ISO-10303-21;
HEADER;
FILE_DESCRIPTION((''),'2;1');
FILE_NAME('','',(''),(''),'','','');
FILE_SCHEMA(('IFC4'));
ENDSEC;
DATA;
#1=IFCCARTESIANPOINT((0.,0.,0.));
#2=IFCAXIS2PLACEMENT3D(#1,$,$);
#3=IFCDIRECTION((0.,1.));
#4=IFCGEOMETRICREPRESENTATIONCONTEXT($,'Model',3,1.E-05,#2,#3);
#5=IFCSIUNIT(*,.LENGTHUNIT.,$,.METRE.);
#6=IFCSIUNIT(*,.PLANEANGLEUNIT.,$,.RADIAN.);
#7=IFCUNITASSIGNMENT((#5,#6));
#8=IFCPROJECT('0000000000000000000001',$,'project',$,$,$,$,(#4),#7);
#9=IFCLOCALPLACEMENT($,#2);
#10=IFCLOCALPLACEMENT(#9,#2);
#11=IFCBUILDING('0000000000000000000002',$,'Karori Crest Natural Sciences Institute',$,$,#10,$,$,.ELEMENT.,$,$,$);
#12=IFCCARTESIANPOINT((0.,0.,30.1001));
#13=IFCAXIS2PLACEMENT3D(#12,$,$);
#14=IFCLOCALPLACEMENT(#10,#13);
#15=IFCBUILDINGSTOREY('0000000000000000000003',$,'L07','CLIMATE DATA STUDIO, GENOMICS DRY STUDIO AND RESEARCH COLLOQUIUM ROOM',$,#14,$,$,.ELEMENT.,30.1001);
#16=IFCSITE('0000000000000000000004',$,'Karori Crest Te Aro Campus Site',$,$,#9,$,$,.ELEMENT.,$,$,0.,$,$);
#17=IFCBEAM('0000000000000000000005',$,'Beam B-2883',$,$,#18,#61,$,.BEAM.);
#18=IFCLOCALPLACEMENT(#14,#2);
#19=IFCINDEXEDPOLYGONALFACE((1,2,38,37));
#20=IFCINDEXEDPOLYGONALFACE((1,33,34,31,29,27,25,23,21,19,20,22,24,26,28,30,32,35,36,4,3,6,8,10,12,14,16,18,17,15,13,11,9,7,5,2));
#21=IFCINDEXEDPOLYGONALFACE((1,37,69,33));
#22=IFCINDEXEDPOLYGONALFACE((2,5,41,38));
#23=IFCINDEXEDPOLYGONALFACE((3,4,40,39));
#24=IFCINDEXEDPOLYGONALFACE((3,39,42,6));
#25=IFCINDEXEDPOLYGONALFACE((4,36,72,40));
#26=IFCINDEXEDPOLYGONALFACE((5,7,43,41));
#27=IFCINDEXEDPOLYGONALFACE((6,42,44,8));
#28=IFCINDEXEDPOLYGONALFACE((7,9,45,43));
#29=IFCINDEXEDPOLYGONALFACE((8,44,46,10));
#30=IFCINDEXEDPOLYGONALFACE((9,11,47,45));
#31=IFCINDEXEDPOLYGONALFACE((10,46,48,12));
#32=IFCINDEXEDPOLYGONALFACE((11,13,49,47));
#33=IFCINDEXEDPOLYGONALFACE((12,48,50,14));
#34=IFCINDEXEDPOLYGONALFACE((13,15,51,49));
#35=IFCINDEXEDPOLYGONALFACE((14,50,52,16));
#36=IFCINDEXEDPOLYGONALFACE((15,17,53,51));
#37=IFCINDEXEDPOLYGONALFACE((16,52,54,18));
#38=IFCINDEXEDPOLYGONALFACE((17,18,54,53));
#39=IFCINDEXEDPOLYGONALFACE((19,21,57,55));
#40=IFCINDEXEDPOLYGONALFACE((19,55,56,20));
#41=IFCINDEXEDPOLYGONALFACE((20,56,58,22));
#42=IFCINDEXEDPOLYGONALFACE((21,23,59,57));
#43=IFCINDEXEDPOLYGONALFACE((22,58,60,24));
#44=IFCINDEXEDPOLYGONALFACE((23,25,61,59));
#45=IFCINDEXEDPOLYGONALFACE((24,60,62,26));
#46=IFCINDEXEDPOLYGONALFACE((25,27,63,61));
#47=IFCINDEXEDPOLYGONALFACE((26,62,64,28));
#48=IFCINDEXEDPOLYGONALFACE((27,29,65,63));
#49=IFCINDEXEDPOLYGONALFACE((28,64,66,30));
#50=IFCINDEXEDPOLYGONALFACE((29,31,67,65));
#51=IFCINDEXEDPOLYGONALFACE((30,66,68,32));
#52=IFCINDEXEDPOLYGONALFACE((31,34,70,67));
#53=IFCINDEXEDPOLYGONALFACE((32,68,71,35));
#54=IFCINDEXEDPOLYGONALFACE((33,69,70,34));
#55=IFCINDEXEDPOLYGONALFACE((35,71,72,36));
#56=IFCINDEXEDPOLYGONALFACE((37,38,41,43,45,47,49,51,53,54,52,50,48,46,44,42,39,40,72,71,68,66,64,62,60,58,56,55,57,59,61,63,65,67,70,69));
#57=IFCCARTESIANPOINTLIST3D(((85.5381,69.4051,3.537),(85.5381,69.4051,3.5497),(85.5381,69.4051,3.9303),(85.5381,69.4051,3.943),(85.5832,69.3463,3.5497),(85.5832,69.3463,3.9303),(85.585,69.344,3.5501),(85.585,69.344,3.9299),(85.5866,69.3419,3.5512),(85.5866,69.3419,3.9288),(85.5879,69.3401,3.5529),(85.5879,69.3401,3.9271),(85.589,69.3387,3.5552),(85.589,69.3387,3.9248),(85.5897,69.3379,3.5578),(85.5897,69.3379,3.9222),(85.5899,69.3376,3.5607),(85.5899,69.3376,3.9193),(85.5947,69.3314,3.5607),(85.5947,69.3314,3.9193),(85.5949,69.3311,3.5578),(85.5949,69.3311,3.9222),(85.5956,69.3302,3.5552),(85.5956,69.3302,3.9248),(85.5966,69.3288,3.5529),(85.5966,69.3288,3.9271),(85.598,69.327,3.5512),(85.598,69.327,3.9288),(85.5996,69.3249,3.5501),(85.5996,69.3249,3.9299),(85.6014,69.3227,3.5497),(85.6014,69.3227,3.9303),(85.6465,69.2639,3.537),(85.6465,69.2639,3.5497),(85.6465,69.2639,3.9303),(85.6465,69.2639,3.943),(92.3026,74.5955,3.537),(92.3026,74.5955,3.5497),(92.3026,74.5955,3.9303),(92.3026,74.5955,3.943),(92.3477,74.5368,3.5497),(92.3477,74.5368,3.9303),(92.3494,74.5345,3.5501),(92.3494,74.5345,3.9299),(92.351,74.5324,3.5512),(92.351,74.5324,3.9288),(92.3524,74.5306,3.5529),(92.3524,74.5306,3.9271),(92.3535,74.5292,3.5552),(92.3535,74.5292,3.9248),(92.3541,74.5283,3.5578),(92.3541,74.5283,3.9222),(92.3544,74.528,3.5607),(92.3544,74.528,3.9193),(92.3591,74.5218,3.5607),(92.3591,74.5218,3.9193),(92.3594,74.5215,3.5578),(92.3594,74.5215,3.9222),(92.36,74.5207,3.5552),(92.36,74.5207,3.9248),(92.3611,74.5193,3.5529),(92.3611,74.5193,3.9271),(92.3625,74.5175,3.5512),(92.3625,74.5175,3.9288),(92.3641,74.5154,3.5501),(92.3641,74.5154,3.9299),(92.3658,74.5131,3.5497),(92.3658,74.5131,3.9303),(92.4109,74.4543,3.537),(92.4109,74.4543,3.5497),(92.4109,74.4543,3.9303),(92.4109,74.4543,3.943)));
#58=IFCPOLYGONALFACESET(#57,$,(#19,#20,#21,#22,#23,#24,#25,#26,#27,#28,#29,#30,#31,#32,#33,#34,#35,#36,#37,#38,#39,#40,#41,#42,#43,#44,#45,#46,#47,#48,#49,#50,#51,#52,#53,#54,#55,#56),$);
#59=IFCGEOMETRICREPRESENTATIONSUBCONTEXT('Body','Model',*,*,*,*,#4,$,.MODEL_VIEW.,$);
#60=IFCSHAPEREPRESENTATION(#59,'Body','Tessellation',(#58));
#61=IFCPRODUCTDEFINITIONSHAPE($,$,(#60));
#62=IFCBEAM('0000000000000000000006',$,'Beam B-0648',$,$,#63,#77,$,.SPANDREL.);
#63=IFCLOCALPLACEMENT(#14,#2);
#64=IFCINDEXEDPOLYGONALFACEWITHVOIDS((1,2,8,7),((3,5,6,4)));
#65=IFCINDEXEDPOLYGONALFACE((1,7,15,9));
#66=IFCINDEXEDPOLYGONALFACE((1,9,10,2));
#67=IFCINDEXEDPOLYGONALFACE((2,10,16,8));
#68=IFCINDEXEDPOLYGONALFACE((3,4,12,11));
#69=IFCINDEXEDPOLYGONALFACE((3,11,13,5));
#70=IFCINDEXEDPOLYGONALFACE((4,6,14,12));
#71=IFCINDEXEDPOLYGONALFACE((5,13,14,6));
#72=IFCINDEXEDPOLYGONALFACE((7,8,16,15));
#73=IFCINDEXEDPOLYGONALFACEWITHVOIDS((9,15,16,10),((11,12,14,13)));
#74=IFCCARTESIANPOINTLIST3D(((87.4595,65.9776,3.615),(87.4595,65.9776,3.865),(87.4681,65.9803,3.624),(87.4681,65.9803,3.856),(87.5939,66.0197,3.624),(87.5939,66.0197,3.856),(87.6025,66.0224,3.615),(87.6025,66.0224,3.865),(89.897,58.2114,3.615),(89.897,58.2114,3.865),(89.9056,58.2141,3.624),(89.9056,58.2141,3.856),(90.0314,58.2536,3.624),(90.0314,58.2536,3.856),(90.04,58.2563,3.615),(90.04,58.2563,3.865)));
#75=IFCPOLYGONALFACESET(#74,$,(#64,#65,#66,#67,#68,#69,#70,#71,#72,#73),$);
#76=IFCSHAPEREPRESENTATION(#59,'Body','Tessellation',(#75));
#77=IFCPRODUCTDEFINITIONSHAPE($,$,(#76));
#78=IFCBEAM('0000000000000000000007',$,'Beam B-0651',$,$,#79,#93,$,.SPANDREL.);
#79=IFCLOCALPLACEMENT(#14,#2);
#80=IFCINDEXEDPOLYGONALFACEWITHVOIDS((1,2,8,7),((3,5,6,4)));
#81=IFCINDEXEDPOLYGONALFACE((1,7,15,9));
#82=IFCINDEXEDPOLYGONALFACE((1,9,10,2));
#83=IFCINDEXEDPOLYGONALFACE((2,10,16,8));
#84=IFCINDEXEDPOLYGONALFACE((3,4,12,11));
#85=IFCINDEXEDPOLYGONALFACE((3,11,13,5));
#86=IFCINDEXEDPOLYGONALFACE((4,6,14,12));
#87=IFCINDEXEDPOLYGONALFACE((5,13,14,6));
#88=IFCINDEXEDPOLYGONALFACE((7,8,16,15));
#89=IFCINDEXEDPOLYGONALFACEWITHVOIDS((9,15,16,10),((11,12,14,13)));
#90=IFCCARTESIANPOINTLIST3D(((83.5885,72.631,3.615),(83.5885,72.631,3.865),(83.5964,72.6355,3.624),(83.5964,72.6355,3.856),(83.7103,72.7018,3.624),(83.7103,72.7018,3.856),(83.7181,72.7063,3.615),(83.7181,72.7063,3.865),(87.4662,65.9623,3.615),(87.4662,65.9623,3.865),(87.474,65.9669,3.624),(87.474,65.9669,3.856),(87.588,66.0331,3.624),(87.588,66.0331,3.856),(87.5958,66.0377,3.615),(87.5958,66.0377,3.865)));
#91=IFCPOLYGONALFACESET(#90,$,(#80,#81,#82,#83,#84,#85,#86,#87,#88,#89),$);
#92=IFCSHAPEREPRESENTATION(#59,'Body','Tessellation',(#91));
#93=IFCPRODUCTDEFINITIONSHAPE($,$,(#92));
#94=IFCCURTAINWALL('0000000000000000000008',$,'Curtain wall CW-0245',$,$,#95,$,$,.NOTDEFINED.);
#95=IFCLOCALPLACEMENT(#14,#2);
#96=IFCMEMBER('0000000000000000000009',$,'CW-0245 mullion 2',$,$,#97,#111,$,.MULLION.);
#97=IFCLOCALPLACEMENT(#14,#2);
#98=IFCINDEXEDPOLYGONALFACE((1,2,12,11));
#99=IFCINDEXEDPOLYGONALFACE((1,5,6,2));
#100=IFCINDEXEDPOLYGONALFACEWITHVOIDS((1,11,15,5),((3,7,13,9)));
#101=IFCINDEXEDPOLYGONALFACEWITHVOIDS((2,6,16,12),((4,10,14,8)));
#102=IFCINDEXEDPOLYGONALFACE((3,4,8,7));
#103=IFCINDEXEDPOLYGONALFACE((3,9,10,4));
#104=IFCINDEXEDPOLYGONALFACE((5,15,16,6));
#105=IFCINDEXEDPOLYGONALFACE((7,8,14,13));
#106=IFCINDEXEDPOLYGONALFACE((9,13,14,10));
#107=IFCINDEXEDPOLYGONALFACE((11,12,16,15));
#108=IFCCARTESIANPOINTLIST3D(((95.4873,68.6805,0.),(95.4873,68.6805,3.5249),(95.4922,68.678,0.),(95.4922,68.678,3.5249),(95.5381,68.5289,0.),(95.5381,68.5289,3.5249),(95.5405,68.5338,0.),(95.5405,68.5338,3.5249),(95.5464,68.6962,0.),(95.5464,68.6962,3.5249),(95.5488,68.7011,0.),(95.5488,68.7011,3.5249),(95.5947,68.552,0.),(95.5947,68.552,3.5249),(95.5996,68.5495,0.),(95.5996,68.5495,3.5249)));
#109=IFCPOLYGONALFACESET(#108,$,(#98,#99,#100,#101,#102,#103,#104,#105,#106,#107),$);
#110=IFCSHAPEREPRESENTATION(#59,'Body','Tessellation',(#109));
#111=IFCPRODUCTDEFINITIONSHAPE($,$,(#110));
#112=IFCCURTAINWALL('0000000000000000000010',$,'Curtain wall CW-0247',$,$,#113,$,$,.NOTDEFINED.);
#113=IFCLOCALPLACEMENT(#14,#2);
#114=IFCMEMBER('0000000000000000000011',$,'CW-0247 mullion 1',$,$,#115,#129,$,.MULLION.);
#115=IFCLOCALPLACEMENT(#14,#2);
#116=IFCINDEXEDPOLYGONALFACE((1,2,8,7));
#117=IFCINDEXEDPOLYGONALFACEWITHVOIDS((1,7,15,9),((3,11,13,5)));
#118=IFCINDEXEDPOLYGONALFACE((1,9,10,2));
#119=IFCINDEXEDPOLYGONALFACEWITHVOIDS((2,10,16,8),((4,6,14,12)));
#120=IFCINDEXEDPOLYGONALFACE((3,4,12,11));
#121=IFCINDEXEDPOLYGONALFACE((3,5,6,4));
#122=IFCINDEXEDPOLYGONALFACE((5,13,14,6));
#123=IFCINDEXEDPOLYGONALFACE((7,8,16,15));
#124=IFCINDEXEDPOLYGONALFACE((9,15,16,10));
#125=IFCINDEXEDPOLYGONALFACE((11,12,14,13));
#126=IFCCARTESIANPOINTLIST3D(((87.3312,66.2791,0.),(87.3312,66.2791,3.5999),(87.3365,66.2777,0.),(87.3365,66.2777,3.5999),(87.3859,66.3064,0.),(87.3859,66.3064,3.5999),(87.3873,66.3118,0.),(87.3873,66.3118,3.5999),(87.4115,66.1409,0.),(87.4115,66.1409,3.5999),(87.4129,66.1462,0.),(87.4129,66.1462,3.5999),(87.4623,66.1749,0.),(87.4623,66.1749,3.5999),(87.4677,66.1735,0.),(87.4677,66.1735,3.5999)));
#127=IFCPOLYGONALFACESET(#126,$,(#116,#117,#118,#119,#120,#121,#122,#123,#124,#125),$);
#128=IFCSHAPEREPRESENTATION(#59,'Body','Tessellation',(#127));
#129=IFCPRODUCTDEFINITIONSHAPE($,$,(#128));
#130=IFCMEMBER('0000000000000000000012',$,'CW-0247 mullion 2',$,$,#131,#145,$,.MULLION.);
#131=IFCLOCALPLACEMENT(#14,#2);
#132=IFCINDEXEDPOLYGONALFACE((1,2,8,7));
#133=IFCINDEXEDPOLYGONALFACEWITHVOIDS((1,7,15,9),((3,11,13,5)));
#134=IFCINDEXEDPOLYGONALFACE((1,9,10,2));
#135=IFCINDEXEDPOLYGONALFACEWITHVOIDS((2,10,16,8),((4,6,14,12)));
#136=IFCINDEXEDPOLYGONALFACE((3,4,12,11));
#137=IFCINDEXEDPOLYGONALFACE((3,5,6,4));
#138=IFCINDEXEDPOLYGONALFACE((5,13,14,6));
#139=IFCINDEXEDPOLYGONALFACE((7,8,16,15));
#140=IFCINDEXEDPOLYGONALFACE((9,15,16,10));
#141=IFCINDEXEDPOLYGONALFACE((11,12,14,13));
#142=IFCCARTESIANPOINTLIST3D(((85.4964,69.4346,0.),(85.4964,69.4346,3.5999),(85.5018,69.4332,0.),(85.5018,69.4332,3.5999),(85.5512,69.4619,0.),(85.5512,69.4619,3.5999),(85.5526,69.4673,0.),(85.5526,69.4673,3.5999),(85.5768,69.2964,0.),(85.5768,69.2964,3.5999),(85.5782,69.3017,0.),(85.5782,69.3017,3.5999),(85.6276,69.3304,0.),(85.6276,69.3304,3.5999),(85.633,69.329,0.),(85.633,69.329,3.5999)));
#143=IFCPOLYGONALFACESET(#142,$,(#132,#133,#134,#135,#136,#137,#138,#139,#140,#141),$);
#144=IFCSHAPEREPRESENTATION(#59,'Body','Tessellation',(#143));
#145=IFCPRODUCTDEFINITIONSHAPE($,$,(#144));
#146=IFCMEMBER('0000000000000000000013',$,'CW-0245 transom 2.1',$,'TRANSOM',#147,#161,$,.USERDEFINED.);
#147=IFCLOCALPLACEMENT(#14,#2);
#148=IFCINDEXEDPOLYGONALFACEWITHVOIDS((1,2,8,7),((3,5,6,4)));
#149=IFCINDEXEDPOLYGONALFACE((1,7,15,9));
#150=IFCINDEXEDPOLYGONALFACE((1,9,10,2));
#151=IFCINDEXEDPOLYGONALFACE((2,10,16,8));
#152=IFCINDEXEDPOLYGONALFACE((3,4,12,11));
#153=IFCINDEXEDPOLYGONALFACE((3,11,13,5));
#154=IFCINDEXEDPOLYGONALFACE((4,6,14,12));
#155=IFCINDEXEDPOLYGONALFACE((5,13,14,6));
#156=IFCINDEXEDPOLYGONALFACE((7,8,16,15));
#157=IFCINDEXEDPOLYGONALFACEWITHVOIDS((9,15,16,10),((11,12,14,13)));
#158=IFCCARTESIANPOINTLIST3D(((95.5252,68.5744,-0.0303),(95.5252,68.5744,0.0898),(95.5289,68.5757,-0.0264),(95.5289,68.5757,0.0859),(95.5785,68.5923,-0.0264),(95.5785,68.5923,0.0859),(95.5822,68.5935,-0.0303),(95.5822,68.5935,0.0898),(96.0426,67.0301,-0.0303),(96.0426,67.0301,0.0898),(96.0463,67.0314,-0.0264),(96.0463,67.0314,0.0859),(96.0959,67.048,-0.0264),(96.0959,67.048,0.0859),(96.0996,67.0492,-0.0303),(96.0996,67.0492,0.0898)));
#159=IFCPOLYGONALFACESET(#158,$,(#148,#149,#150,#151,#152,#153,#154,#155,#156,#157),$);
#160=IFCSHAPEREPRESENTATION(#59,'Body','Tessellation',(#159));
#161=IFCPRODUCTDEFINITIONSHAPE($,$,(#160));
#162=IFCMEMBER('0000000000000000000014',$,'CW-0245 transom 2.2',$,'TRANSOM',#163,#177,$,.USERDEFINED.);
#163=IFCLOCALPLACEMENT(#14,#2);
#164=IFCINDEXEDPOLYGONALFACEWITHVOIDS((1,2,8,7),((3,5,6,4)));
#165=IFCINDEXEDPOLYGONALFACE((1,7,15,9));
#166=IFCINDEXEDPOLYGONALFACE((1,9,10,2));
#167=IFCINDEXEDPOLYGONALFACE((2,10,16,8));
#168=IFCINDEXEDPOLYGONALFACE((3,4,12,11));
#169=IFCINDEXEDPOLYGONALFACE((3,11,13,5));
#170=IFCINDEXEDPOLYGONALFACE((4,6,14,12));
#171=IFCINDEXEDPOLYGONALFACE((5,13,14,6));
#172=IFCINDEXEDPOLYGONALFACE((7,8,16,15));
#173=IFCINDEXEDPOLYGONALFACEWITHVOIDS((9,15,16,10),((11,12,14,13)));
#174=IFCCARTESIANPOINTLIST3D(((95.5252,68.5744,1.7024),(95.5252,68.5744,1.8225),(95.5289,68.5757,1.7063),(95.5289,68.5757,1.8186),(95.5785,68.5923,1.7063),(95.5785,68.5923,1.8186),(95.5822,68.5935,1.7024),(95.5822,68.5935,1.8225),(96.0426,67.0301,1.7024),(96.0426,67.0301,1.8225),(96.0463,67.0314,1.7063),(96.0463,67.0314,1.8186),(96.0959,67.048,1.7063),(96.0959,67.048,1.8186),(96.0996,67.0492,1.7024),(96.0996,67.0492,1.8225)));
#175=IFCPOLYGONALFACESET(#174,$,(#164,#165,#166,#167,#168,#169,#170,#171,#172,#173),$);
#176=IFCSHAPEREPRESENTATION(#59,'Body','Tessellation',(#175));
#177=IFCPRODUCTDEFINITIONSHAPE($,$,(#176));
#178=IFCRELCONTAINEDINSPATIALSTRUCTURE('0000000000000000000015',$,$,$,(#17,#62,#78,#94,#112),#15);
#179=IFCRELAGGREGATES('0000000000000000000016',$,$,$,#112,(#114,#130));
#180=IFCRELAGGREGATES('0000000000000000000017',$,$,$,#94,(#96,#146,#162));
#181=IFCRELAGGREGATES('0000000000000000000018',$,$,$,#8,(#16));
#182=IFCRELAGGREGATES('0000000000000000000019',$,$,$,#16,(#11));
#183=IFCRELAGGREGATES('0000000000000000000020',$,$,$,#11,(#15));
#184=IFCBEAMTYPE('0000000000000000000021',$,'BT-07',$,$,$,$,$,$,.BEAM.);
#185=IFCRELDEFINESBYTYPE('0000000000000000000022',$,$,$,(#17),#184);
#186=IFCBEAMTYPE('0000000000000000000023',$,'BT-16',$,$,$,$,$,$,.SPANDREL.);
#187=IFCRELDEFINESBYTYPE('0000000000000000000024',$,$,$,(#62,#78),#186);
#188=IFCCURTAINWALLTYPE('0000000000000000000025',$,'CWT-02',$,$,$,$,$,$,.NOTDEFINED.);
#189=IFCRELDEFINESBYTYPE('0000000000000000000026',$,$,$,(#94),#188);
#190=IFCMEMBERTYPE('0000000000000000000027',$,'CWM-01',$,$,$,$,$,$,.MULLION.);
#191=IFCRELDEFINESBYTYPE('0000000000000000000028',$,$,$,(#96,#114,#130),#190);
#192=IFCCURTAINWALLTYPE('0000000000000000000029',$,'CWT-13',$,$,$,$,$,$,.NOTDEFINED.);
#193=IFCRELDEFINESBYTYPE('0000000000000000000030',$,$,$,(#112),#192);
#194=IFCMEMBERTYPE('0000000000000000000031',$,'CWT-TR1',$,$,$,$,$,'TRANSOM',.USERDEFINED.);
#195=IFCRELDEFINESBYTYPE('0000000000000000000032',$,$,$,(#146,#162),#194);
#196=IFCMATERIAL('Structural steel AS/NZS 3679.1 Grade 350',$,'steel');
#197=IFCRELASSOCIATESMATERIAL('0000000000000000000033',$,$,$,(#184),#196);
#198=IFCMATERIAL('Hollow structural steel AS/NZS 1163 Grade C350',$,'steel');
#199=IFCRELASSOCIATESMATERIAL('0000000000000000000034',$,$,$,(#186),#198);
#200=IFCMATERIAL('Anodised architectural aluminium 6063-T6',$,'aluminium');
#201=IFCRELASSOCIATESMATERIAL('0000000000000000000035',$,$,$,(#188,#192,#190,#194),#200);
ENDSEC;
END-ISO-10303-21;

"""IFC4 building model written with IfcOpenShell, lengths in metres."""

from ifc_helpers import new_model, si_unit, direction, frame, origin, origin_2d, place, context, subcontext, project, spatial, hollow_rectangle, i_section, extrude, material, material_profile, profile_set, type_object, element, aggregate, save


model = new_model("IFC4")

# Units and contexts
model_context = context("Model", 3, precision=1e-05, world=origin(), true_north=direction((0.0, 1.0)))
body_context = subcontext(model_context, "Body", "Model", "MODEL_VIEW")
ifc_project = project(units=[si_unit("LENGTHUNIT", "METRE"), si_unit("PLANEANGLEUNIT", "RADIAN")], contexts=[model_context])

# Site, building, storey
site_placement = place(None, origin())
site = spatial("IfcSite", under=ifc_project, at=site_placement, Name="Karori Crest Te Aro Campus Site", CompositionType="ELEMENT", RefElevation=0.0)
building_placement = place(site_placement, origin())
building = spatial("IfcBuilding", under=site, at=building_placement, Name="Karori Crest Natural Sciences Institute", CompositionType="ELEMENT")
storey_placement = place(building_placement, frame((0.0, 0.0, 30.1001)))
storey = spatial("IfcBuildingStorey", under=building, at=storey_placement, Name="L07", Description="CLIMATE DATA STUDIO, GENOMICS DRY STUDIO AND RESEARCH COLLOQUIUM ROOM", CompositionType="ELEMENT", Elevation=30.1001)

# Beams
ifc_material_1 = material(Name="Structural steel AS/NZS 3679.1 Grade 350", Category="steel")
ifc_material_profile_1 = material_profile(ifc_material_1, i_section(OverallWidth=0.178, OverallDepth=0.406, WebThickness=0.0078, FlangeThickness=0.0127, FilletRadius=0.011, at=origin_2d()), Name="410UB59.7")
ifc_profile_set_1 = profile_set([ifc_material_profile_1], Name="Structural steel AS/NZS 3679.1 Grade 350")
beam_type_1 = type_object("IfcBeamType", Name="BT-07", PredefinedType="BEAM", material=ifc_profile_set_1)
for number, where, z_axis, x_axis, name in (
    (1, (85.5923, 69.3345, 3.74), (0.793358, 0.608756, 0.0), (-0.608756, 0.793358, 0.0), "Beam B-2883"),
):
    element("IfcBeam", number, at=place(storey_placement, frame(where, z_axis=z_axis, x_axis=x_axis)), inside=storey, type_object=beam_type_1, Name=name, PredefinedType="BEAM", context=body_context, shape_type="SweptSolid", body=[
        extrude(i_section(OverallWidth=0.178, OverallDepth=0.406, WebThickness=0.0078, FlangeThickness=0.0127, FilletRadius=0.011, at=origin_2d()), origin(), (0.0, 0.0, 1.0), 8.5264),
    ])
ifc_material_2 = material(Name="Hollow structural steel AS/NZS 1163 Grade C350", Category="steel")
ifc_material_profile_2 = material_profile(ifc_material_2, hollow_rectangle(XDim=0.1499, YDim=0.25, WallThickness=0.009, at=origin_2d()), Name="RHS250x150x9")
ifc_profile_set_2 = profile_set([ifc_material_profile_2], Name="Hollow structural steel AS/NZS 1163 Grade C350")
beam_type_2 = type_object("IfcBeamType", Name="BT-16", PredefinedType="SPANDREL", material=ifc_profile_set_2)
beam_1_placement = place(storey_placement, frame((89.9685, 58.2339, 3.74), z_axis=(-0.29946, 0.954109, 0.0), x_axis=(-0.954109, -0.29946, 0.0)))
element("IfcBeam", 2, at=beam_1_placement, inside=storey, type_object=beam_type_2, Name="Beam B-0648", PredefinedType="SPANDREL", context=body_context, shape_type="SweptSolid", body=[
    extrude(hollow_rectangle(XDim=0.1499, YDim=0.25, WallThickness=0.009, at=origin_2d()), origin(), (0.0, 0.0, 1.0), 8.1396),
])
beam_2_placement = place(storey_placement, frame((87.531, 66.0, 3.74), z_axis=(-0.502672, 0.864477, 0.0), x_axis=(-0.864477, -0.502672, 0.0)))
element("IfcBeam", 3, at=beam_2_placement, inside=storey, type_object=beam_type_2, Name="Beam B-0651", PredefinedType="SPANDREL", context=body_context, shape_type="SweptSolid", body=[
    extrude(hollow_rectangle(XDim=0.1499, YDim=0.25, WallThickness=0.009, at=origin_2d()), origin(), (0.0, 0.0, 1.0), 7.7141),
])

# Curtain wall, member
ifc_material_3 = material(Name="Anodised architectural aluminium 6063-T6", Category="aluminium")
curtain_wall_type_1 = type_object("IfcCurtainWallType", Name="CWT-02", PredefinedType="NOTDEFINED", material=ifc_material_3)
curtain_wall_1_placement = place(storey_placement, origin())
curtain_wall_1 = element("IfcCurtainWall", 4, at=curtain_wall_1_placement, inside=storey, type_object=curtain_wall_type_1, Name="Curtain wall CW-0245", PredefinedType="NOTDEFINED")
ifc_material_profile_3 = material_profile(ifc_material_3, hollow_rectangle(XDim=0.0649, YDim=0.1599, WallThickness=0.0039, at=origin_2d()), Name="CWM160x65x4")
ifc_profile_set_3 = profile_set([ifc_material_profile_3], Name="Anodised architectural aluminium 6063-T6")
member_type_1 = type_object("IfcMemberType", Name="CWM-01", PredefinedType="MULLION", material=ifc_profile_set_3)
member_1_placement = place(storey_placement, frame((95.5435, 68.615, 0.0), z_axis=(0.0, 0.0, 1.0), x_axis=(0.948198, 0.31768, 0.0)))
member_1 = element("IfcMember", 5, at=member_1_placement, type_object=member_type_1, Name="CW-0245 mullion 2", PredefinedType="MULLION", context=body_context, shape_type="SweptSolid", body=[
    extrude(hollow_rectangle(XDim=0.0649, YDim=0.1599, WallThickness=0.0039, at=origin_2d()), origin(), (0.0, 0.0, 1.0), 3.5249),
])

# Curtain wall, members
curtain_wall_type_2 = type_object("IfcCurtainWallType", Name="CWT-13", PredefinedType="NOTDEFINED", material=ifc_material_3)
curtain_wall_2_placement = place(storey_placement, origin())
curtain_wall_2 = element("IfcCurtainWall", 6, at=curtain_wall_2_placement, inside=storey, type_object=curtain_wall_type_2, Name="Curtain wall CW-0247", PredefinedType="NOTDEFINED")
member_2_placement = place(storey_placement, frame((87.3994, 66.2263, 0.0), z_axis=(0.0, 0.0, 1.0), x_axis=(-0.864487, -0.502655, 0.0)))
member_2 = element("IfcMember", 7, at=member_2_placement, type_object=member_type_1, Name="CW-0247 mullion 1", PredefinedType="MULLION", context=body_context, shape_type="SweptSolid", body=[
    extrude(hollow_rectangle(XDim=0.0649, YDim=0.1599, WallThickness=0.0039, at=origin_2d()), origin(), (0.0, 0.0, 1.0), 3.5999),
])
member_3_placement = place(storey_placement, frame((85.5647, 69.3818, 0.0), z_axis=(0.0, 0.0, 1.0), x_axis=(-0.864487, -0.502655, 0.0)))
member_3 = element("IfcMember", 8, at=member_3_placement, type_object=member_type_1, Name="CW-0247 mullion 2", PredefinedType="MULLION", context=body_context, shape_type="SweptSolid", body=[
    extrude(hollow_rectangle(XDim=0.0649, YDim=0.1599, WallThickness=0.0039, at=origin_2d()), origin(), (0.0, 0.0, 1.0), 3.5999),
])

# Members
ifc_material_profile_4 = material_profile(ifc_material_3, hollow_rectangle(XDim=0.0601, YDim=0.1201, WallThickness=0.0039, at=origin_2d()), Name="CWT120x60x4")
ifc_profile_set_4 = profile_set([ifc_material_profile_4], Name="Anodised architectural aluminium 6063-T6")
member_type_2 = type_object("IfcMemberType", Name="CWT-TR1", ElementType="TRANSOM", PredefinedType="USERDEFINED", material=ifc_profile_set_4)
member_4_placement = place(storey_placement, frame((95.5537, 68.584, 0.0298), z_axis=(0.317667, -0.948202, 0.0), x_axis=(0.948202, 0.317667, 0.0)))
member_4 = element("IfcMember", 9, at=member_4_placement, type_object=member_type_2, Name="CW-0245 transom 2.1", ObjectType="TRANSOM", PredefinedType="USERDEFINED", context=body_context, shape_type="SweptSolid", body=[
    extrude(hollow_rectangle(XDim=0.0601, YDim=0.1201, WallThickness=0.0039, at=origin_2d()), origin(), (0.0, 0.0, 1.0), 1.6287),
])
member_5_placement = place(storey_placement, frame((95.5537, 68.584, 1.7625), z_axis=(0.317667, -0.948202, 0.0), x_axis=(0.948202, 0.317667, 0.0)))
member_5 = element("IfcMember", 10, at=member_5_placement, type_object=member_type_2, Name="CW-0245 transom 2.2", ObjectType="TRANSOM", PredefinedType="USERDEFINED", context=body_context, shape_type="SweptSolid", body=[
    extrude(hollow_rectangle(XDim=0.0601, YDim=0.1201, WallThickness=0.0039, at=origin_2d()), origin(), (0.0, 0.0, 1.0), 1.6287),
])

aggregate(curtain_wall_2, [member_2, member_3])
aggregate(curtain_wall_1, [member_1, member_4, member_5])

save(model, "model.ifc")
